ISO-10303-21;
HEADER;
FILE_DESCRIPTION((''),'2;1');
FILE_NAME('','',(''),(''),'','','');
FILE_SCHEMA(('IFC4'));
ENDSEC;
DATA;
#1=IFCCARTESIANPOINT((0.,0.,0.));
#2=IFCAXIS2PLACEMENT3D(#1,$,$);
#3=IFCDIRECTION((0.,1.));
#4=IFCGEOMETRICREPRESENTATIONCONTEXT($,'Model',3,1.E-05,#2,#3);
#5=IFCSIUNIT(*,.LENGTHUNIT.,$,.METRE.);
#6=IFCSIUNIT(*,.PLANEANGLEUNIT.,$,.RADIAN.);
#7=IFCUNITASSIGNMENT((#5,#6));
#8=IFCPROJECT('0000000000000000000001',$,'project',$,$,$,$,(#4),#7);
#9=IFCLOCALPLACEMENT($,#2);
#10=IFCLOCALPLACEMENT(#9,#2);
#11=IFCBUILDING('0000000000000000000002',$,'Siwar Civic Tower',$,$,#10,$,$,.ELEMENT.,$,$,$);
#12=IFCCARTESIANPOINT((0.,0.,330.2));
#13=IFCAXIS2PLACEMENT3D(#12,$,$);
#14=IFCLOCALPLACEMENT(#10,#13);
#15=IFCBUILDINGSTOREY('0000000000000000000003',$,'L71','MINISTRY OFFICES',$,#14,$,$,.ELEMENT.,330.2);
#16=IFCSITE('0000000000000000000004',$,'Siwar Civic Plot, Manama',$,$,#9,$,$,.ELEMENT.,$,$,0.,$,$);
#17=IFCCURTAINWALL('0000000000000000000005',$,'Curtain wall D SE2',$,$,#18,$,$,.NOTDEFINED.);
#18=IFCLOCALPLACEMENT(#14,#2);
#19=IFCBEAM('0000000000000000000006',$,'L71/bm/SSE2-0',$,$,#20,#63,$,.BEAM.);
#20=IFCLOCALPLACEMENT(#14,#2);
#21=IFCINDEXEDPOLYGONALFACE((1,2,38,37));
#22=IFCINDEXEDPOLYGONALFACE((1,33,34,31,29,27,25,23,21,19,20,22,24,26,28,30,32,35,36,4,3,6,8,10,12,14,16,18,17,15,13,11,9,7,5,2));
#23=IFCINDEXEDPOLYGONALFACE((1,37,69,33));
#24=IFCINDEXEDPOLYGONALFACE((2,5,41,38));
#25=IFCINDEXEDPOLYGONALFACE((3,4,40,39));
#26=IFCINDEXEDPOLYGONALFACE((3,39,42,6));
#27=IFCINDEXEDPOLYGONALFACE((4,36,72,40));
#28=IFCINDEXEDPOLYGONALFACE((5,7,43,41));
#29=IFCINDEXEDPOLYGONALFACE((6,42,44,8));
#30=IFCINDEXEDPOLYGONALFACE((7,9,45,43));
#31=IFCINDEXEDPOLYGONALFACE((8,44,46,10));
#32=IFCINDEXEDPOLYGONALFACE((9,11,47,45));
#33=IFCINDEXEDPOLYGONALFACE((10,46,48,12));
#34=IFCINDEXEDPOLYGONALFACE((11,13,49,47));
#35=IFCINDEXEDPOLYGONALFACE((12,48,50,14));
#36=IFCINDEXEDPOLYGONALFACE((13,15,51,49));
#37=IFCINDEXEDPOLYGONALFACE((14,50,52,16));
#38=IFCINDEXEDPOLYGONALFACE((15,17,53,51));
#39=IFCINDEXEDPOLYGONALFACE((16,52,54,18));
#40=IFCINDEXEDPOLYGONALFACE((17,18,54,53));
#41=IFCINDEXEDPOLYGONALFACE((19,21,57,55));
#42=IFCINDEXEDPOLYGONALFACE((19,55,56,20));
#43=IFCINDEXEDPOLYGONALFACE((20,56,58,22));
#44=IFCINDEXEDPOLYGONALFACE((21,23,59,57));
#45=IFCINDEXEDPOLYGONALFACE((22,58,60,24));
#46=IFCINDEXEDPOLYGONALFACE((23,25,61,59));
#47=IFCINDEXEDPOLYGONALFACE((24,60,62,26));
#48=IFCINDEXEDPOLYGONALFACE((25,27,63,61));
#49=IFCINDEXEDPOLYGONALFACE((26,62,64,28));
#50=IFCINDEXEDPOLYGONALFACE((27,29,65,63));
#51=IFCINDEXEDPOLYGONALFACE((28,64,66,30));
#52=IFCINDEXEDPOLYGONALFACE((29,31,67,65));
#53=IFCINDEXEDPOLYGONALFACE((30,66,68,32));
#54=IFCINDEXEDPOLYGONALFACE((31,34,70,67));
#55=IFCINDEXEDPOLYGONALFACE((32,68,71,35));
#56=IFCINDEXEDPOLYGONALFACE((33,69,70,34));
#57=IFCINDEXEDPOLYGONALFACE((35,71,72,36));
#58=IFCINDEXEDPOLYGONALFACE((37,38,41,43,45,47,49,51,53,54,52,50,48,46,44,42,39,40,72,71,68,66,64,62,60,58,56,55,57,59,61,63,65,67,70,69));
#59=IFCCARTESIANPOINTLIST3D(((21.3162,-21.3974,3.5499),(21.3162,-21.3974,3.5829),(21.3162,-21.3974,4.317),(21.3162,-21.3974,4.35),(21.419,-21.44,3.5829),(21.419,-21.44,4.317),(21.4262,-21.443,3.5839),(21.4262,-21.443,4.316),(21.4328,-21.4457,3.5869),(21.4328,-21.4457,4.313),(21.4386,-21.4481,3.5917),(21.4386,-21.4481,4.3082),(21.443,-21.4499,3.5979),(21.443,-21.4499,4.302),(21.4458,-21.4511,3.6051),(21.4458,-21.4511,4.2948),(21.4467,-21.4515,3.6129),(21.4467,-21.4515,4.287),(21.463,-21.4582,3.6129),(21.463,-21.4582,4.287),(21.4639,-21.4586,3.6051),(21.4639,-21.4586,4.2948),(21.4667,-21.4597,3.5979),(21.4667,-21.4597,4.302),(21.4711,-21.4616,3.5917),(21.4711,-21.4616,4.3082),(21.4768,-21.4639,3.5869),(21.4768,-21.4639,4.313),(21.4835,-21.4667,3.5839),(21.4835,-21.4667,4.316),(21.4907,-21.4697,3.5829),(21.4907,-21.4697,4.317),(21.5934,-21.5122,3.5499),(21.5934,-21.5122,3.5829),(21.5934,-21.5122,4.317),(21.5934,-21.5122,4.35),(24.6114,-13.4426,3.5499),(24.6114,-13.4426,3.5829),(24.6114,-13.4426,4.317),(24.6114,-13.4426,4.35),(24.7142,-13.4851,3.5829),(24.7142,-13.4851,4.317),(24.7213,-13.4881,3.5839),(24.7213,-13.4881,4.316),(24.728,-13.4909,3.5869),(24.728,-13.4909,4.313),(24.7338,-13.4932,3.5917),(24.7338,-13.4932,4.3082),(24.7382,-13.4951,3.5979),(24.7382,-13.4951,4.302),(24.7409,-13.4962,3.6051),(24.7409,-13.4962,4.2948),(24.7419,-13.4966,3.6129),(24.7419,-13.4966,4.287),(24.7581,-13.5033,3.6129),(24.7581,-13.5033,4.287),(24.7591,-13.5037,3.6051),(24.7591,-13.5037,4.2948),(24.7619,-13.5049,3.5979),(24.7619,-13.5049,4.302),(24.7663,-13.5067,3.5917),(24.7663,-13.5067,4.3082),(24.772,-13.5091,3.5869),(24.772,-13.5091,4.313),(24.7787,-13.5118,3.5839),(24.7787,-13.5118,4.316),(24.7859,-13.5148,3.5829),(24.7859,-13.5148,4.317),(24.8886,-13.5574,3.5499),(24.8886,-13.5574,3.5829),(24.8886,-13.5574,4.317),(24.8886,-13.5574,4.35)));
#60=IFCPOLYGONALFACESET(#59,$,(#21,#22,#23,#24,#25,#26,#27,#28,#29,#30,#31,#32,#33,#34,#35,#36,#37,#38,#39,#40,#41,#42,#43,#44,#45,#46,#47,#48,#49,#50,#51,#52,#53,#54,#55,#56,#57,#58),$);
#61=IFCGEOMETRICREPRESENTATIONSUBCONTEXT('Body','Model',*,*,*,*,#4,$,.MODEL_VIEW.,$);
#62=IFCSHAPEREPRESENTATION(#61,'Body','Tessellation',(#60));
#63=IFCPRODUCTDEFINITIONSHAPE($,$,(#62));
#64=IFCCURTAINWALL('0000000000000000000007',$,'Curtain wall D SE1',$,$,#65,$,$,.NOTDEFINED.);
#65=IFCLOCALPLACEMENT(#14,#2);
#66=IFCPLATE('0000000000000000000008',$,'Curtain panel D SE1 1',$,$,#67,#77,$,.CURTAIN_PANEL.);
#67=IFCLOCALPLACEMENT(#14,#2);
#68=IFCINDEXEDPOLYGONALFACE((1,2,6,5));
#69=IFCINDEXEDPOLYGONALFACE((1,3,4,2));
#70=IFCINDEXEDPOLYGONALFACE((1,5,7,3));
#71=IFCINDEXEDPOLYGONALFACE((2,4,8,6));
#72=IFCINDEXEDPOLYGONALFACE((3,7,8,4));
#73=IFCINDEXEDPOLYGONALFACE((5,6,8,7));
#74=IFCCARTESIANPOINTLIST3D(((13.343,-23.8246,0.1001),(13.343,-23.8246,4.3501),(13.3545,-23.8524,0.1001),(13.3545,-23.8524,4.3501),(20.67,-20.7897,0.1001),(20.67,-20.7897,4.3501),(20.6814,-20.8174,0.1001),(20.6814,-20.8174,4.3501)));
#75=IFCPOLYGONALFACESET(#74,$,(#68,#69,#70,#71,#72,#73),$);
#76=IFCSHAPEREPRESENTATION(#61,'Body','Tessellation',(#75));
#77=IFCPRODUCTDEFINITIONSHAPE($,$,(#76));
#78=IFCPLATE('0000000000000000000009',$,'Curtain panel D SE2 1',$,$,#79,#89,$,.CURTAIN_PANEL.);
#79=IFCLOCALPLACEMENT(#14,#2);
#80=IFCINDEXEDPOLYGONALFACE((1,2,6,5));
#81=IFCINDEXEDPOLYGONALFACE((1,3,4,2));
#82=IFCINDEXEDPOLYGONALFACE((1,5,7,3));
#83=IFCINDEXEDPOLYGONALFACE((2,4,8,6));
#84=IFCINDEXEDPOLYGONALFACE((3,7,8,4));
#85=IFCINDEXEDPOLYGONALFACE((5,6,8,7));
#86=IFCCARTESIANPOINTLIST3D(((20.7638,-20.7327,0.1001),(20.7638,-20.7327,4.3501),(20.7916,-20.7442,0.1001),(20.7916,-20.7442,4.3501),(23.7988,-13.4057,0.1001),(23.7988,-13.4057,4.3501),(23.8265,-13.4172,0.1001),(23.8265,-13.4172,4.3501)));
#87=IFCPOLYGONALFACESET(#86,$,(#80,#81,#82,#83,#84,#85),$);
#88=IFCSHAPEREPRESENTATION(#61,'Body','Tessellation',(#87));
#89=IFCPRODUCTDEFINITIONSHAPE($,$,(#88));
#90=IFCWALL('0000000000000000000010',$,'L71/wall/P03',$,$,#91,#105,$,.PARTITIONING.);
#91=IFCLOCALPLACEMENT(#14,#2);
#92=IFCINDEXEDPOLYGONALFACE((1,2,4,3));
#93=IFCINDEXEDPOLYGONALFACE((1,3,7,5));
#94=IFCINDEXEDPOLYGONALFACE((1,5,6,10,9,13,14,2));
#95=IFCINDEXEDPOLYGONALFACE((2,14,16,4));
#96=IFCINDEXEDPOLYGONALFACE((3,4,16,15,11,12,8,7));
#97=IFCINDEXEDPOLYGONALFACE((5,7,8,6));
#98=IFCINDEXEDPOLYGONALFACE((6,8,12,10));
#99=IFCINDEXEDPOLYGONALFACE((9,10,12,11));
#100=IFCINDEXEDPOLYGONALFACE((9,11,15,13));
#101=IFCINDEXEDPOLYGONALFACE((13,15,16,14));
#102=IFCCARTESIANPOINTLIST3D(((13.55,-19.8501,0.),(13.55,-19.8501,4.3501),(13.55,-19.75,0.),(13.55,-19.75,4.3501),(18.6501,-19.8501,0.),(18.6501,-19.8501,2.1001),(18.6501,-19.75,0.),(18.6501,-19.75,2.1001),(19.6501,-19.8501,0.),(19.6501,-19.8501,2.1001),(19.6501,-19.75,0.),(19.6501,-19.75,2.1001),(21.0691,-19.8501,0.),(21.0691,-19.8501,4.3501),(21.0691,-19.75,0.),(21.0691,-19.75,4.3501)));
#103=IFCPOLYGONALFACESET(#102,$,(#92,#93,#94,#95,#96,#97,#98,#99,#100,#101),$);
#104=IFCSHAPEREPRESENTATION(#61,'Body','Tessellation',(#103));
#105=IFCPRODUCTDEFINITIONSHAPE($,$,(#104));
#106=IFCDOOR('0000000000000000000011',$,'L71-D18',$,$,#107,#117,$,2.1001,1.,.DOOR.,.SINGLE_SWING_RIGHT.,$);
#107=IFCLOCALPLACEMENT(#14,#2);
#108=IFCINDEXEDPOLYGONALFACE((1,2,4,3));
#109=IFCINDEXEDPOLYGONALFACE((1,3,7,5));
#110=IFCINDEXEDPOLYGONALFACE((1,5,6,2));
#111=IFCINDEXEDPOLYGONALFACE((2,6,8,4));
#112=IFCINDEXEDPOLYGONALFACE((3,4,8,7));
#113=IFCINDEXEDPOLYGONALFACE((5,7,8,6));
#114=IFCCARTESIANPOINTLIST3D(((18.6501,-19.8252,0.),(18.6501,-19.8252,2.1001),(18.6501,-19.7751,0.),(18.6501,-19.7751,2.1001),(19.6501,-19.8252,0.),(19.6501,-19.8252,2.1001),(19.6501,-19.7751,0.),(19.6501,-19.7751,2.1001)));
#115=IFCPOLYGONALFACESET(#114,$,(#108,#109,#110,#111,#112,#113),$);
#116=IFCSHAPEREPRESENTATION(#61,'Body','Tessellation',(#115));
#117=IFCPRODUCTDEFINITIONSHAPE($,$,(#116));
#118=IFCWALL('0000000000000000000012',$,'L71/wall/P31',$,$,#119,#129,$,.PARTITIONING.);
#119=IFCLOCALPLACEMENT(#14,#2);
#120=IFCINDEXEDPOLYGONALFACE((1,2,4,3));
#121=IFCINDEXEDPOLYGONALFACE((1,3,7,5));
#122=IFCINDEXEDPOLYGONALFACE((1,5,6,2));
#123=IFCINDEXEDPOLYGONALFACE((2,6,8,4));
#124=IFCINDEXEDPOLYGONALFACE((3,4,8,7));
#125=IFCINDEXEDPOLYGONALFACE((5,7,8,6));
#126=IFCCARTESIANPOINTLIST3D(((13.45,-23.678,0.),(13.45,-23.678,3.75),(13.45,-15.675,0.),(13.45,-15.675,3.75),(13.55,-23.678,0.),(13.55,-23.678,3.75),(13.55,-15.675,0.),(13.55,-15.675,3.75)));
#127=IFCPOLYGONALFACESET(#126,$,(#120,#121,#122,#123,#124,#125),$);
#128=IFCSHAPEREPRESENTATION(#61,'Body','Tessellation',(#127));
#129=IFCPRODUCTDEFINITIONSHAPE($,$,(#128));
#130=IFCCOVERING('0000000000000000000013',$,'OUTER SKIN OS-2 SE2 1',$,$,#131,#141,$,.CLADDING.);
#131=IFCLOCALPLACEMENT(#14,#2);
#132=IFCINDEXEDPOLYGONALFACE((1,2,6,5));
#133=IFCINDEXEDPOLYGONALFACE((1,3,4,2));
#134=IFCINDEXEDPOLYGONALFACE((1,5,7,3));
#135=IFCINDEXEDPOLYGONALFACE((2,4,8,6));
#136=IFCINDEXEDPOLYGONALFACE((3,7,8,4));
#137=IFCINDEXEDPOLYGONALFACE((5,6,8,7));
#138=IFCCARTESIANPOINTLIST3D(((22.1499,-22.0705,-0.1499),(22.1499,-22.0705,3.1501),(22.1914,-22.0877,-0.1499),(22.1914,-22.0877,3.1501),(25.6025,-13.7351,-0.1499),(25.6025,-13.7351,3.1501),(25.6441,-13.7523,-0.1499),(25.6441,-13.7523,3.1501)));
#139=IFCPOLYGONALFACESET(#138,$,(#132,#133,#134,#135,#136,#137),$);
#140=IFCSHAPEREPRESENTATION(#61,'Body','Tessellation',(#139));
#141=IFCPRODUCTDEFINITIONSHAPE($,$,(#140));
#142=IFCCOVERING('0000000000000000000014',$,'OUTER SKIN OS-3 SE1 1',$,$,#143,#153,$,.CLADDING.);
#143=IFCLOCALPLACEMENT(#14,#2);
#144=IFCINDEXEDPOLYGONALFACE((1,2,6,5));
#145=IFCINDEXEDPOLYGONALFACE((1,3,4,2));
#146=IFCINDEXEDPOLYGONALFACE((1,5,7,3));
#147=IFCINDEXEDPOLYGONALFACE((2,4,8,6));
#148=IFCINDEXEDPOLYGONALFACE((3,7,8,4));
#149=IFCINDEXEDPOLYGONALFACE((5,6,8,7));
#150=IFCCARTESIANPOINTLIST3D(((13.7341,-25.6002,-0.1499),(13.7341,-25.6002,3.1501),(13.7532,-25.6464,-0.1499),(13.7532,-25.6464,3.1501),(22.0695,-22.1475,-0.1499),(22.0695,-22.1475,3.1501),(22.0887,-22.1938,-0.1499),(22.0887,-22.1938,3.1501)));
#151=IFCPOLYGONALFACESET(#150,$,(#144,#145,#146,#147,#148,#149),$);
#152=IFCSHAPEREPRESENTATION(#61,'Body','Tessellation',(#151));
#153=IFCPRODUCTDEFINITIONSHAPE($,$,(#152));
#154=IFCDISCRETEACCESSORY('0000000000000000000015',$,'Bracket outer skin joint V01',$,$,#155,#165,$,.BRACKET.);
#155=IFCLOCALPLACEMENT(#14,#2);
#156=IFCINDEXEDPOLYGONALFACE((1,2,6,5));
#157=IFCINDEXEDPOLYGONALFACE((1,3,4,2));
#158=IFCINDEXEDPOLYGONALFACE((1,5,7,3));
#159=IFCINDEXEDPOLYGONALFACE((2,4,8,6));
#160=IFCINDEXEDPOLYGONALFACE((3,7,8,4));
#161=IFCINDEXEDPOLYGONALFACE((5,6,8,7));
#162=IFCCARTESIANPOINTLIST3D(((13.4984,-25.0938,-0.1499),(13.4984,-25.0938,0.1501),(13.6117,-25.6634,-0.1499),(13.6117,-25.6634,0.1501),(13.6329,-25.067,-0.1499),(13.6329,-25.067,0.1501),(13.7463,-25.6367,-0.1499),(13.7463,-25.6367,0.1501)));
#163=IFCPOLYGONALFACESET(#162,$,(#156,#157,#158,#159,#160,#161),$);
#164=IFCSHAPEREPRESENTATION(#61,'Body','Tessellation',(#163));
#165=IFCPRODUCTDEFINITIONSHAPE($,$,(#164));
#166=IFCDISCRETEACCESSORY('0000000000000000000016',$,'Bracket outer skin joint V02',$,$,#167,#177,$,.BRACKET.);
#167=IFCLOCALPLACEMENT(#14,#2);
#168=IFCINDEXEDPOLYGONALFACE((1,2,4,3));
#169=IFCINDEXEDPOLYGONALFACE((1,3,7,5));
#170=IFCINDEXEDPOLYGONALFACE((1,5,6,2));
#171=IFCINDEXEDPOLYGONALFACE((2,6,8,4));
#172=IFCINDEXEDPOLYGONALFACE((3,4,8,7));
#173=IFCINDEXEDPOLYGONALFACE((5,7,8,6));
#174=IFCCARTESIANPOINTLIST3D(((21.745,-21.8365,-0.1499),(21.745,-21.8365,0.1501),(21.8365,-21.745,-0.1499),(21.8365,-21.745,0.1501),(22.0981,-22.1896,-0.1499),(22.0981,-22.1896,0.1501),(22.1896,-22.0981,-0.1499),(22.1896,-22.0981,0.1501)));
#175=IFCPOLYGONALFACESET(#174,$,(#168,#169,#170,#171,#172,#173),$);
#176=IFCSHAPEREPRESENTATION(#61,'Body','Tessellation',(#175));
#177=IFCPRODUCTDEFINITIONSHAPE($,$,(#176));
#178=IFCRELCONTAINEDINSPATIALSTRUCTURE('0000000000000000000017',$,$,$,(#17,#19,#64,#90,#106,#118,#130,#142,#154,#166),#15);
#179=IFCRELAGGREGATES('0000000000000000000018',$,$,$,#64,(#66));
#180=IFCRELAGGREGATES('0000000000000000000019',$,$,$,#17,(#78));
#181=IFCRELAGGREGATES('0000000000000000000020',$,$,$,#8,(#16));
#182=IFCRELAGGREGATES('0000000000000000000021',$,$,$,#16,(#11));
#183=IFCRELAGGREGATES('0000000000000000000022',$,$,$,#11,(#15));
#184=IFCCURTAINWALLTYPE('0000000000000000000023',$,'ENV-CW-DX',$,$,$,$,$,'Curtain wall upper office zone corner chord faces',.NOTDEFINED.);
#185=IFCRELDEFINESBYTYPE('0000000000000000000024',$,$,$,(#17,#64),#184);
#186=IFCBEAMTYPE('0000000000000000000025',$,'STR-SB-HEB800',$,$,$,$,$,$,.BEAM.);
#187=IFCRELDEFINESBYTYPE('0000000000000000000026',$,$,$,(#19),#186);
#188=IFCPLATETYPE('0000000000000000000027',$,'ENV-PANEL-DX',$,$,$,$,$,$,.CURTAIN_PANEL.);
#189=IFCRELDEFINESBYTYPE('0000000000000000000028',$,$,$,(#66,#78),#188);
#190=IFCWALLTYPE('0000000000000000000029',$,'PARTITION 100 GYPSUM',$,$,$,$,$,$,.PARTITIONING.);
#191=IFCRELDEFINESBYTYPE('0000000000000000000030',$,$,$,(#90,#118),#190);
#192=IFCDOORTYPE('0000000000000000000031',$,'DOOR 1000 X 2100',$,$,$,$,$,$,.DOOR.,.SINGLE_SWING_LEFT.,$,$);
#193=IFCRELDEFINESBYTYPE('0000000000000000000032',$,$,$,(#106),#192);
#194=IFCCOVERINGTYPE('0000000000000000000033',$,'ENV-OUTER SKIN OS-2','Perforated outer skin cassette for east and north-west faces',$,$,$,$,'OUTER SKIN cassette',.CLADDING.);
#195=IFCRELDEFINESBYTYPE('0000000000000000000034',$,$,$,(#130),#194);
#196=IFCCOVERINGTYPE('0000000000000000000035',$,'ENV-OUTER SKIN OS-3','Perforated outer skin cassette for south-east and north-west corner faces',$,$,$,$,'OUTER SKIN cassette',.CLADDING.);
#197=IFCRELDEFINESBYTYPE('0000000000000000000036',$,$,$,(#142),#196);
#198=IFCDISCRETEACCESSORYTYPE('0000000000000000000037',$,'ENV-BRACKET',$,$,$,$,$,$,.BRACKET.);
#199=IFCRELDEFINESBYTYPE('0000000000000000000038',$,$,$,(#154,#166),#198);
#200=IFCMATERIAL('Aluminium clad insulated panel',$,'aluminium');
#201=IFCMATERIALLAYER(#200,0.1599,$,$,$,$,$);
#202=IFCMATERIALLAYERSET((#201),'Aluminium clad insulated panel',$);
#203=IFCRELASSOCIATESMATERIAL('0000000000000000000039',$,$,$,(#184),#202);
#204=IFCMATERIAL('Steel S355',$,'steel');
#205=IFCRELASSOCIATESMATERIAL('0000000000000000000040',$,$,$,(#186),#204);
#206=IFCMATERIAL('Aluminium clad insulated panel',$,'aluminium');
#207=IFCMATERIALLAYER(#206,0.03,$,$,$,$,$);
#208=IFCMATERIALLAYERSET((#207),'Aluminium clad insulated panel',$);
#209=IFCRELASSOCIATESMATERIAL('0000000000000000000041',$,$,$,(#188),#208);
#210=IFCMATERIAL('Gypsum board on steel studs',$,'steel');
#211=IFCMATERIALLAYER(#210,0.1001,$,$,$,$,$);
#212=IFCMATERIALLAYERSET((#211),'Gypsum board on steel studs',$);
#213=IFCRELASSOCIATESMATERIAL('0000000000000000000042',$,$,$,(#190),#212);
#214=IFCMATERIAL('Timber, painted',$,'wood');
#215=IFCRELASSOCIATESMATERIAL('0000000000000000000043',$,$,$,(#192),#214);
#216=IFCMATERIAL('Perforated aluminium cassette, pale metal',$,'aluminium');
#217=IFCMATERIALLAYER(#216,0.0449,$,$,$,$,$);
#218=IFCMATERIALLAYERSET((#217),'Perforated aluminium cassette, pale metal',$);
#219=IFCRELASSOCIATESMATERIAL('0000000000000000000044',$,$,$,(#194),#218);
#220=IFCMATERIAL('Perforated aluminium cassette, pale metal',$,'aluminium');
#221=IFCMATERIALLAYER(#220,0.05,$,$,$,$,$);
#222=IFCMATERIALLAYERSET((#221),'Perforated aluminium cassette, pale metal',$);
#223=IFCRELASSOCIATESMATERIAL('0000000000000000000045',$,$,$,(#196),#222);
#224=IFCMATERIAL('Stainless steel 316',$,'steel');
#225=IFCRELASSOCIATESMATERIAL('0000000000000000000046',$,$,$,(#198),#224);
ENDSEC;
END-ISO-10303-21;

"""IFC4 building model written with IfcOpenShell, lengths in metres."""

from ifc_helpers import new_model, si_unit, direction, frame, frame_2d, origin, origin_2d, place, context, subcontext, project, spatial, rectangle, i_section, extrude, material, layer, layer_set, material_profile, profile_set, type_object, element, fill, aggregate, save


model = new_model("IFC4")

# Units and contexts
model_context = context("Model", 3, precision=1e-05, world=origin(), true_north=direction((0.0, 1.0)))
body_context = subcontext(model_context, "Body", "Model", "MODEL_VIEW")
ifc_project = project(units=[si_unit("LENGTHUNIT", "METRE"), si_unit("PLANEANGLEUNIT", "RADIAN")], contexts=[model_context])

# Site, building, storey
site_placement = place(None, origin())
site = spatial("IfcSite", under=ifc_project, at=site_placement, Name="Siwar Civic Plot, Manama", CompositionType="ELEMENT", RefElevation=0.0)
building_placement = place(site_placement, origin())
building = spatial("IfcBuilding", under=site, at=building_placement, Name="Siwar Civic Tower", CompositionType="ELEMENT")
storey_placement = place(building_placement, frame((0.0, 0.0, 330.2)))
storey = spatial("IfcBuildingStorey", under=building, at=storey_placement, Name="L71", Description="MINISTRY OFFICES", CompositionType="ELEMENT", Elevation=330.2)

# Curtain wall
ifc_material_1 = material(Name="Aluminium clad insulated panel", Category="aluminium")
ifc_layer_1 = layer(ifc_material_1, 0.1599)
ifc_layer_set_1 = layer_set([ifc_layer_1], Name="Aluminium clad insulated panel")
curtain_wall_type = type_object("IfcCurtainWallType", Name="ENV-CW-DX", ElementType="Curtain wall upper office zone corner chord faces", PredefinedType="NOTDEFINED", material=ifc_layer_set_1)
curtain_wall_1_placement = place(storey_placement, origin())
curtain_wall_1 = element("IfcCurtainWall", 1, at=curtain_wall_1_placement, inside=storey, type_object=curtain_wall_type, Name="Curtain wall D SE2", PredefinedType="NOTDEFINED")

# Beam
ifc_material_2 = material(Name="Steel S355", Category="steel")
ifc_material_profile_1 = material_profile(ifc_material_2, i_section(OverallWidth=0.3, OverallDepth=0.8, WebThickness=0.0176, FlangeThickness=0.033, FilletRadius=0.03, at=origin_2d()), Name="HEB800")
ifc_profile_set_1 = profile_set([ifc_material_profile_1], Name="Steel S355")
beam_type_1 = type_object("IfcBeamType", Name="STR-SB-HEB800", PredefinedType="BEAM", material=ifc_profile_set_1)
for number, where, z_axis, x_axis, name in (
    (2, (21.4548, -21.4548, 3.95), (0.3827, 0.923873, 0.0), (-0.923873, 0.3827, 0.0), "L71/bm/SSE2-0"),
):
    element("IfcBeam", number, at=place(storey_placement, frame(where, z_axis=z_axis, x_axis=x_axis)), inside=storey, type_object=beam_type_1, Name=name, PredefinedType="BEAM", context=body_context, shape_type="SweptSolid", body=[
        extrude(i_section(OverallWidth=0.3, OverallDepth=0.8, WebThickness=0.0176, FlangeThickness=0.033, FilletRadius=0.03, at=origin_2d()), origin(), (0.0, 0.0, 1.0), 8.6104),
    ])

# Curtain wall, plate
curtain_wall_2_placement = place(storey_placement, origin())
curtain_wall_2 = element("IfcCurtainWall", 3, at=curtain_wall_2_placement, inside=storey, type_object=curtain_wall_type, Name="Curtain wall D SE1", PredefinedType="NOTDEFINED")
ifc_material_3 = material(Name="Aluminium clad insulated panel", Category="aluminium")
ifc_layer_2 = layer(ifc_material_3, 0.03)
ifc_layer_set_2 = layer_set([ifc_layer_2], Name="Aluminium clad insulated panel")
plate_type = type_object("IfcPlateType", Name="ENV-PANEL-DX", PredefinedType="CURTAIN_PANEL", material=ifc_layer_set_2)
plate_1_placement = place(storey_placement, frame((17.0122, -22.321, 0.1001), z_axis=(0.0, 0.0, 1.0), x_axis=(0.92388, 0.382683, 0.0)))
plate_1 = element("IfcPlate", 4, at=plate_1_placement, type_object=plate_type, Name="Curtain panel D SE1 1", PredefinedType="CURTAIN_PANEL", context=body_context, shape_type="SweptSolid", body=[
    extrude(rectangle(XDim=7.9307, YDim=0.03, at=origin_2d()), origin(), (0.0, 0.0, 1.0), 4.25),
])
aggregate(curtain_wall_2, [plate_1])

# Plate
plate_2_placement = place(storey_placement, frame((22.2952, -17.075, 0.1001), z_axis=(0.0, 0.0, 1.0), x_axis=(0.382683, 0.92388, 0.0)))
plate_2 = element("IfcPlate", 5, at=plate_2_placement, type_object=plate_type, Name="Curtain panel D SE2 1", PredefinedType="CURTAIN_PANEL", context=body_context, shape_type="SweptSolid", body=[
    extrude(rectangle(XDim=7.9307, YDim=0.03, at=origin_2d()), origin(), (0.0, 0.0, 1.0), 4.25),
])
aggregate(curtain_wall_1, [plate_2])

# Wall, opening, door
ifc_material_4 = material(Name="Gypsum board on steel studs", Category="steel")
ifc_layer_3 = layer(ifc_material_4, 0.1001)
ifc_layer_set_3 = layer_set([ifc_layer_3], Name="Gypsum board on steel studs")
wall_type = type_object("IfcWallType", Name="PARTITION 100 GYPSUM", PredefinedType="PARTITIONING", material=ifc_layer_set_3)
wall_1_placement = place(storey_placement, frame((13.55, -19.8, 0.0), z_axis=(0.0, 0.0, 1.0), x_axis=(1.0, 0.0, 0.0)))
wall_1 = element("IfcWall", 6, at=wall_1_placement, inside=storey, type_object=wall_type, Name="L71/wall/P03", PredefinedType="PARTITIONING", context=body_context, shape_type="SweptSolid", body=[
    extrude(rectangle(XDim=7.519, YDim=0.1001, at=frame_2d((3.7595, 0.0))), origin(), (0.0, 0.0, 1.0), 4.3501),
])
opening_placement = place(wall_1_placement, frame((5.1001, 0.0, 0.0)))
opening = element("IfcOpeningElement", 7, at=opening_placement, cuts=wall_1, PredefinedType="OPENING", context=body_context, shape_type="SweptSolid", body=[
    extrude(rectangle(XDim=1.0, YDim=2.1001, at=frame_2d((0.5, 1.05))), frame((0.0, 0.0601, 0.0), z_axis=(0.0, -1.0, 0.0), x_axis=(1.0, 0.0, 0.0)), (0.0, 0.0, 1.0), 0.1201),
])
ifc_material_5 = material(Name="Timber, painted", Category="wood")
door_type = type_object("IfcDoorType", Name="DOOR 1000 X 2100", OperationType="SINGLE_SWING_LEFT", PredefinedType="DOOR", material=ifc_material_5)
door_placement = place(opening_placement, origin())
door = element("IfcDoor", 8, at=door_placement, inside=storey, type_object=door_type, Name="L71-D18", OperationType="SINGLE_SWING_RIGHT", OverallHeight=2.1001, OverallWidth=1.0, PredefinedType="DOOR", context=body_context, shape_type="SweptSolid", body=[
    extrude(rectangle(XDim=1.0, YDim=2.1001, at=frame_2d((0.5, 1.05))), frame((0.0, 0.0249, 0.0), z_axis=(0.0, -1.0, 0.0), x_axis=(1.0, 0.0, 0.0)), (0.0, 0.0, 1.0), 0.05),
])
fill(opening, door)

# Wall
wall_2_placement = place(storey_placement, frame((13.5, -23.678, 0.0), z_axis=(0.0, 0.0, 1.0), x_axis=(0.0, 1.0, 0.0)))
element("IfcWall", 9, at=wall_2_placement, inside=storey, type_object=wall_type, Name="L71/wall/P31", PredefinedType="PARTITIONING", context=body_context, shape_type="SweptSolid", body=[
    extrude(rectangle(XDim=8.0029, YDim=0.1001, at=frame_2d((4.0015, 0.0))), origin(), (0.0, 0.0, 1.0), 3.75),
])

# Coverings
ifc_material_6 = material(Name="Perforated aluminium cassette, pale metal", Category="aluminium")
ifc_layer_4 = layer(ifc_material_6, 0.0449)
ifc_layer_set_4 = layer_set([ifc_layer_4], Name="Perforated aluminium cassette, pale metal")
covering_type_1 = type_object("IfcCoveringType", Name="ENV-OUTER SKIN OS-2", Description="Perforated outer skin cassette for east and north-west faces", ElementType="OUTER SKIN cassette", PredefinedType="CLADDING", material=ifc_layer_set_4)
covering_1_placement = place(storey_placement, frame((23.897, -17.9114, -0.1499), z_axis=(0.0, 0.0, 1.0), x_axis=(0.382683, 0.92388, 0.0)))
element("IfcCovering", 10, at=covering_1_placement, inside=storey, type_object=covering_type_1, Name="OUTER SKIN OS-2 SE2 1", PredefinedType="CLADDING", context=body_context, shape_type="SweptSolid", body=[
    extrude(rectangle(XDim=9.0222, YDim=0.0449, at=origin_2d()), origin(), (0.0, 0.0, 1.0), 3.3),
])
ifc_material_7 = material(Name="Perforated aluminium cassette, pale metal", Category="aluminium")
ifc_layer_5 = layer(ifc_material_7, 0.05)
ifc_layer_set_5 = layer_set([ifc_layer_5], Name="Perforated aluminium cassette, pale metal")
covering_type_2 = type_object("IfcCoveringType", Name="ENV-OUTER SKIN OS-3", Description="Perforated outer skin cassette for south-east and north-west corner faces", ElementType="OUTER SKIN cassette", PredefinedType="CLADDING", material=ifc_layer_set_5)
covering_2_placement = place(storey_placement, frame((17.9114, -23.897, -0.1499), z_axis=(0.0, 0.0, 1.0), x_axis=(0.92388, 0.382683, 0.0)))
element("IfcCovering", 11, at=covering_2_placement, inside=storey, type_object=covering_type_2, Name="OUTER SKIN OS-3 SE1 1", PredefinedType="CLADDING", context=body_context, shape_type="SweptSolid", body=[
    extrude(rectangle(XDim=9.0222, YDim=0.05, at=origin_2d()), origin(), (0.0, 0.0, 1.0), 3.3),
])

# Discrete accessories
ifc_material_8 = material(Name="Stainless steel 316", Category="steel")
discrete_accessory_type = type_object("IfcDiscreteAccessoryType", Name="ENV-BRACKET", PredefinedType="BRACKET", material=ifc_material_8)
discrete_accessory_1_placement = place(storey_placement, frame((13.6223, -25.3652, -0.1499), z_axis=(0.0, 0.0, 1.0), x_axis=(0.19509, -0.980785, 0.0)))
element("IfcDiscreteAccessory", 12, at=discrete_accessory_1_placement, inside=storey, type_object=discrete_accessory_type, Name="Bracket outer skin joint V01", PredefinedType="BRACKET", context=body_context, shape_type="SweptSolid", body=[
    extrude(rectangle(XDim=0.5808, YDim=0.1372, at=origin_2d()), origin(), (0.0, 0.0, 1.0), 0.3),
])
discrete_accessory_2_placement = place(storey_placement, frame((21.9673, -21.9673, -0.1499), z_axis=(0.0, 0.0, 1.0), x_axis=(0.707107, -0.707107, 0.0)))
element("IfcDiscreteAccessory", 13, at=discrete_accessory_2_placement, inside=storey, type_object=discrete_accessory_type, Name="Bracket outer skin joint V02", PredefinedType="BRACKET", context=body_context, shape_type="SweptSolid", body=[
    extrude(rectangle(XDim=0.4993, YDim=0.1294, at=origin_2d()), origin(), (0.0, 0.0, 1.0), 0.3),
])

save(model, "model.ifc")
